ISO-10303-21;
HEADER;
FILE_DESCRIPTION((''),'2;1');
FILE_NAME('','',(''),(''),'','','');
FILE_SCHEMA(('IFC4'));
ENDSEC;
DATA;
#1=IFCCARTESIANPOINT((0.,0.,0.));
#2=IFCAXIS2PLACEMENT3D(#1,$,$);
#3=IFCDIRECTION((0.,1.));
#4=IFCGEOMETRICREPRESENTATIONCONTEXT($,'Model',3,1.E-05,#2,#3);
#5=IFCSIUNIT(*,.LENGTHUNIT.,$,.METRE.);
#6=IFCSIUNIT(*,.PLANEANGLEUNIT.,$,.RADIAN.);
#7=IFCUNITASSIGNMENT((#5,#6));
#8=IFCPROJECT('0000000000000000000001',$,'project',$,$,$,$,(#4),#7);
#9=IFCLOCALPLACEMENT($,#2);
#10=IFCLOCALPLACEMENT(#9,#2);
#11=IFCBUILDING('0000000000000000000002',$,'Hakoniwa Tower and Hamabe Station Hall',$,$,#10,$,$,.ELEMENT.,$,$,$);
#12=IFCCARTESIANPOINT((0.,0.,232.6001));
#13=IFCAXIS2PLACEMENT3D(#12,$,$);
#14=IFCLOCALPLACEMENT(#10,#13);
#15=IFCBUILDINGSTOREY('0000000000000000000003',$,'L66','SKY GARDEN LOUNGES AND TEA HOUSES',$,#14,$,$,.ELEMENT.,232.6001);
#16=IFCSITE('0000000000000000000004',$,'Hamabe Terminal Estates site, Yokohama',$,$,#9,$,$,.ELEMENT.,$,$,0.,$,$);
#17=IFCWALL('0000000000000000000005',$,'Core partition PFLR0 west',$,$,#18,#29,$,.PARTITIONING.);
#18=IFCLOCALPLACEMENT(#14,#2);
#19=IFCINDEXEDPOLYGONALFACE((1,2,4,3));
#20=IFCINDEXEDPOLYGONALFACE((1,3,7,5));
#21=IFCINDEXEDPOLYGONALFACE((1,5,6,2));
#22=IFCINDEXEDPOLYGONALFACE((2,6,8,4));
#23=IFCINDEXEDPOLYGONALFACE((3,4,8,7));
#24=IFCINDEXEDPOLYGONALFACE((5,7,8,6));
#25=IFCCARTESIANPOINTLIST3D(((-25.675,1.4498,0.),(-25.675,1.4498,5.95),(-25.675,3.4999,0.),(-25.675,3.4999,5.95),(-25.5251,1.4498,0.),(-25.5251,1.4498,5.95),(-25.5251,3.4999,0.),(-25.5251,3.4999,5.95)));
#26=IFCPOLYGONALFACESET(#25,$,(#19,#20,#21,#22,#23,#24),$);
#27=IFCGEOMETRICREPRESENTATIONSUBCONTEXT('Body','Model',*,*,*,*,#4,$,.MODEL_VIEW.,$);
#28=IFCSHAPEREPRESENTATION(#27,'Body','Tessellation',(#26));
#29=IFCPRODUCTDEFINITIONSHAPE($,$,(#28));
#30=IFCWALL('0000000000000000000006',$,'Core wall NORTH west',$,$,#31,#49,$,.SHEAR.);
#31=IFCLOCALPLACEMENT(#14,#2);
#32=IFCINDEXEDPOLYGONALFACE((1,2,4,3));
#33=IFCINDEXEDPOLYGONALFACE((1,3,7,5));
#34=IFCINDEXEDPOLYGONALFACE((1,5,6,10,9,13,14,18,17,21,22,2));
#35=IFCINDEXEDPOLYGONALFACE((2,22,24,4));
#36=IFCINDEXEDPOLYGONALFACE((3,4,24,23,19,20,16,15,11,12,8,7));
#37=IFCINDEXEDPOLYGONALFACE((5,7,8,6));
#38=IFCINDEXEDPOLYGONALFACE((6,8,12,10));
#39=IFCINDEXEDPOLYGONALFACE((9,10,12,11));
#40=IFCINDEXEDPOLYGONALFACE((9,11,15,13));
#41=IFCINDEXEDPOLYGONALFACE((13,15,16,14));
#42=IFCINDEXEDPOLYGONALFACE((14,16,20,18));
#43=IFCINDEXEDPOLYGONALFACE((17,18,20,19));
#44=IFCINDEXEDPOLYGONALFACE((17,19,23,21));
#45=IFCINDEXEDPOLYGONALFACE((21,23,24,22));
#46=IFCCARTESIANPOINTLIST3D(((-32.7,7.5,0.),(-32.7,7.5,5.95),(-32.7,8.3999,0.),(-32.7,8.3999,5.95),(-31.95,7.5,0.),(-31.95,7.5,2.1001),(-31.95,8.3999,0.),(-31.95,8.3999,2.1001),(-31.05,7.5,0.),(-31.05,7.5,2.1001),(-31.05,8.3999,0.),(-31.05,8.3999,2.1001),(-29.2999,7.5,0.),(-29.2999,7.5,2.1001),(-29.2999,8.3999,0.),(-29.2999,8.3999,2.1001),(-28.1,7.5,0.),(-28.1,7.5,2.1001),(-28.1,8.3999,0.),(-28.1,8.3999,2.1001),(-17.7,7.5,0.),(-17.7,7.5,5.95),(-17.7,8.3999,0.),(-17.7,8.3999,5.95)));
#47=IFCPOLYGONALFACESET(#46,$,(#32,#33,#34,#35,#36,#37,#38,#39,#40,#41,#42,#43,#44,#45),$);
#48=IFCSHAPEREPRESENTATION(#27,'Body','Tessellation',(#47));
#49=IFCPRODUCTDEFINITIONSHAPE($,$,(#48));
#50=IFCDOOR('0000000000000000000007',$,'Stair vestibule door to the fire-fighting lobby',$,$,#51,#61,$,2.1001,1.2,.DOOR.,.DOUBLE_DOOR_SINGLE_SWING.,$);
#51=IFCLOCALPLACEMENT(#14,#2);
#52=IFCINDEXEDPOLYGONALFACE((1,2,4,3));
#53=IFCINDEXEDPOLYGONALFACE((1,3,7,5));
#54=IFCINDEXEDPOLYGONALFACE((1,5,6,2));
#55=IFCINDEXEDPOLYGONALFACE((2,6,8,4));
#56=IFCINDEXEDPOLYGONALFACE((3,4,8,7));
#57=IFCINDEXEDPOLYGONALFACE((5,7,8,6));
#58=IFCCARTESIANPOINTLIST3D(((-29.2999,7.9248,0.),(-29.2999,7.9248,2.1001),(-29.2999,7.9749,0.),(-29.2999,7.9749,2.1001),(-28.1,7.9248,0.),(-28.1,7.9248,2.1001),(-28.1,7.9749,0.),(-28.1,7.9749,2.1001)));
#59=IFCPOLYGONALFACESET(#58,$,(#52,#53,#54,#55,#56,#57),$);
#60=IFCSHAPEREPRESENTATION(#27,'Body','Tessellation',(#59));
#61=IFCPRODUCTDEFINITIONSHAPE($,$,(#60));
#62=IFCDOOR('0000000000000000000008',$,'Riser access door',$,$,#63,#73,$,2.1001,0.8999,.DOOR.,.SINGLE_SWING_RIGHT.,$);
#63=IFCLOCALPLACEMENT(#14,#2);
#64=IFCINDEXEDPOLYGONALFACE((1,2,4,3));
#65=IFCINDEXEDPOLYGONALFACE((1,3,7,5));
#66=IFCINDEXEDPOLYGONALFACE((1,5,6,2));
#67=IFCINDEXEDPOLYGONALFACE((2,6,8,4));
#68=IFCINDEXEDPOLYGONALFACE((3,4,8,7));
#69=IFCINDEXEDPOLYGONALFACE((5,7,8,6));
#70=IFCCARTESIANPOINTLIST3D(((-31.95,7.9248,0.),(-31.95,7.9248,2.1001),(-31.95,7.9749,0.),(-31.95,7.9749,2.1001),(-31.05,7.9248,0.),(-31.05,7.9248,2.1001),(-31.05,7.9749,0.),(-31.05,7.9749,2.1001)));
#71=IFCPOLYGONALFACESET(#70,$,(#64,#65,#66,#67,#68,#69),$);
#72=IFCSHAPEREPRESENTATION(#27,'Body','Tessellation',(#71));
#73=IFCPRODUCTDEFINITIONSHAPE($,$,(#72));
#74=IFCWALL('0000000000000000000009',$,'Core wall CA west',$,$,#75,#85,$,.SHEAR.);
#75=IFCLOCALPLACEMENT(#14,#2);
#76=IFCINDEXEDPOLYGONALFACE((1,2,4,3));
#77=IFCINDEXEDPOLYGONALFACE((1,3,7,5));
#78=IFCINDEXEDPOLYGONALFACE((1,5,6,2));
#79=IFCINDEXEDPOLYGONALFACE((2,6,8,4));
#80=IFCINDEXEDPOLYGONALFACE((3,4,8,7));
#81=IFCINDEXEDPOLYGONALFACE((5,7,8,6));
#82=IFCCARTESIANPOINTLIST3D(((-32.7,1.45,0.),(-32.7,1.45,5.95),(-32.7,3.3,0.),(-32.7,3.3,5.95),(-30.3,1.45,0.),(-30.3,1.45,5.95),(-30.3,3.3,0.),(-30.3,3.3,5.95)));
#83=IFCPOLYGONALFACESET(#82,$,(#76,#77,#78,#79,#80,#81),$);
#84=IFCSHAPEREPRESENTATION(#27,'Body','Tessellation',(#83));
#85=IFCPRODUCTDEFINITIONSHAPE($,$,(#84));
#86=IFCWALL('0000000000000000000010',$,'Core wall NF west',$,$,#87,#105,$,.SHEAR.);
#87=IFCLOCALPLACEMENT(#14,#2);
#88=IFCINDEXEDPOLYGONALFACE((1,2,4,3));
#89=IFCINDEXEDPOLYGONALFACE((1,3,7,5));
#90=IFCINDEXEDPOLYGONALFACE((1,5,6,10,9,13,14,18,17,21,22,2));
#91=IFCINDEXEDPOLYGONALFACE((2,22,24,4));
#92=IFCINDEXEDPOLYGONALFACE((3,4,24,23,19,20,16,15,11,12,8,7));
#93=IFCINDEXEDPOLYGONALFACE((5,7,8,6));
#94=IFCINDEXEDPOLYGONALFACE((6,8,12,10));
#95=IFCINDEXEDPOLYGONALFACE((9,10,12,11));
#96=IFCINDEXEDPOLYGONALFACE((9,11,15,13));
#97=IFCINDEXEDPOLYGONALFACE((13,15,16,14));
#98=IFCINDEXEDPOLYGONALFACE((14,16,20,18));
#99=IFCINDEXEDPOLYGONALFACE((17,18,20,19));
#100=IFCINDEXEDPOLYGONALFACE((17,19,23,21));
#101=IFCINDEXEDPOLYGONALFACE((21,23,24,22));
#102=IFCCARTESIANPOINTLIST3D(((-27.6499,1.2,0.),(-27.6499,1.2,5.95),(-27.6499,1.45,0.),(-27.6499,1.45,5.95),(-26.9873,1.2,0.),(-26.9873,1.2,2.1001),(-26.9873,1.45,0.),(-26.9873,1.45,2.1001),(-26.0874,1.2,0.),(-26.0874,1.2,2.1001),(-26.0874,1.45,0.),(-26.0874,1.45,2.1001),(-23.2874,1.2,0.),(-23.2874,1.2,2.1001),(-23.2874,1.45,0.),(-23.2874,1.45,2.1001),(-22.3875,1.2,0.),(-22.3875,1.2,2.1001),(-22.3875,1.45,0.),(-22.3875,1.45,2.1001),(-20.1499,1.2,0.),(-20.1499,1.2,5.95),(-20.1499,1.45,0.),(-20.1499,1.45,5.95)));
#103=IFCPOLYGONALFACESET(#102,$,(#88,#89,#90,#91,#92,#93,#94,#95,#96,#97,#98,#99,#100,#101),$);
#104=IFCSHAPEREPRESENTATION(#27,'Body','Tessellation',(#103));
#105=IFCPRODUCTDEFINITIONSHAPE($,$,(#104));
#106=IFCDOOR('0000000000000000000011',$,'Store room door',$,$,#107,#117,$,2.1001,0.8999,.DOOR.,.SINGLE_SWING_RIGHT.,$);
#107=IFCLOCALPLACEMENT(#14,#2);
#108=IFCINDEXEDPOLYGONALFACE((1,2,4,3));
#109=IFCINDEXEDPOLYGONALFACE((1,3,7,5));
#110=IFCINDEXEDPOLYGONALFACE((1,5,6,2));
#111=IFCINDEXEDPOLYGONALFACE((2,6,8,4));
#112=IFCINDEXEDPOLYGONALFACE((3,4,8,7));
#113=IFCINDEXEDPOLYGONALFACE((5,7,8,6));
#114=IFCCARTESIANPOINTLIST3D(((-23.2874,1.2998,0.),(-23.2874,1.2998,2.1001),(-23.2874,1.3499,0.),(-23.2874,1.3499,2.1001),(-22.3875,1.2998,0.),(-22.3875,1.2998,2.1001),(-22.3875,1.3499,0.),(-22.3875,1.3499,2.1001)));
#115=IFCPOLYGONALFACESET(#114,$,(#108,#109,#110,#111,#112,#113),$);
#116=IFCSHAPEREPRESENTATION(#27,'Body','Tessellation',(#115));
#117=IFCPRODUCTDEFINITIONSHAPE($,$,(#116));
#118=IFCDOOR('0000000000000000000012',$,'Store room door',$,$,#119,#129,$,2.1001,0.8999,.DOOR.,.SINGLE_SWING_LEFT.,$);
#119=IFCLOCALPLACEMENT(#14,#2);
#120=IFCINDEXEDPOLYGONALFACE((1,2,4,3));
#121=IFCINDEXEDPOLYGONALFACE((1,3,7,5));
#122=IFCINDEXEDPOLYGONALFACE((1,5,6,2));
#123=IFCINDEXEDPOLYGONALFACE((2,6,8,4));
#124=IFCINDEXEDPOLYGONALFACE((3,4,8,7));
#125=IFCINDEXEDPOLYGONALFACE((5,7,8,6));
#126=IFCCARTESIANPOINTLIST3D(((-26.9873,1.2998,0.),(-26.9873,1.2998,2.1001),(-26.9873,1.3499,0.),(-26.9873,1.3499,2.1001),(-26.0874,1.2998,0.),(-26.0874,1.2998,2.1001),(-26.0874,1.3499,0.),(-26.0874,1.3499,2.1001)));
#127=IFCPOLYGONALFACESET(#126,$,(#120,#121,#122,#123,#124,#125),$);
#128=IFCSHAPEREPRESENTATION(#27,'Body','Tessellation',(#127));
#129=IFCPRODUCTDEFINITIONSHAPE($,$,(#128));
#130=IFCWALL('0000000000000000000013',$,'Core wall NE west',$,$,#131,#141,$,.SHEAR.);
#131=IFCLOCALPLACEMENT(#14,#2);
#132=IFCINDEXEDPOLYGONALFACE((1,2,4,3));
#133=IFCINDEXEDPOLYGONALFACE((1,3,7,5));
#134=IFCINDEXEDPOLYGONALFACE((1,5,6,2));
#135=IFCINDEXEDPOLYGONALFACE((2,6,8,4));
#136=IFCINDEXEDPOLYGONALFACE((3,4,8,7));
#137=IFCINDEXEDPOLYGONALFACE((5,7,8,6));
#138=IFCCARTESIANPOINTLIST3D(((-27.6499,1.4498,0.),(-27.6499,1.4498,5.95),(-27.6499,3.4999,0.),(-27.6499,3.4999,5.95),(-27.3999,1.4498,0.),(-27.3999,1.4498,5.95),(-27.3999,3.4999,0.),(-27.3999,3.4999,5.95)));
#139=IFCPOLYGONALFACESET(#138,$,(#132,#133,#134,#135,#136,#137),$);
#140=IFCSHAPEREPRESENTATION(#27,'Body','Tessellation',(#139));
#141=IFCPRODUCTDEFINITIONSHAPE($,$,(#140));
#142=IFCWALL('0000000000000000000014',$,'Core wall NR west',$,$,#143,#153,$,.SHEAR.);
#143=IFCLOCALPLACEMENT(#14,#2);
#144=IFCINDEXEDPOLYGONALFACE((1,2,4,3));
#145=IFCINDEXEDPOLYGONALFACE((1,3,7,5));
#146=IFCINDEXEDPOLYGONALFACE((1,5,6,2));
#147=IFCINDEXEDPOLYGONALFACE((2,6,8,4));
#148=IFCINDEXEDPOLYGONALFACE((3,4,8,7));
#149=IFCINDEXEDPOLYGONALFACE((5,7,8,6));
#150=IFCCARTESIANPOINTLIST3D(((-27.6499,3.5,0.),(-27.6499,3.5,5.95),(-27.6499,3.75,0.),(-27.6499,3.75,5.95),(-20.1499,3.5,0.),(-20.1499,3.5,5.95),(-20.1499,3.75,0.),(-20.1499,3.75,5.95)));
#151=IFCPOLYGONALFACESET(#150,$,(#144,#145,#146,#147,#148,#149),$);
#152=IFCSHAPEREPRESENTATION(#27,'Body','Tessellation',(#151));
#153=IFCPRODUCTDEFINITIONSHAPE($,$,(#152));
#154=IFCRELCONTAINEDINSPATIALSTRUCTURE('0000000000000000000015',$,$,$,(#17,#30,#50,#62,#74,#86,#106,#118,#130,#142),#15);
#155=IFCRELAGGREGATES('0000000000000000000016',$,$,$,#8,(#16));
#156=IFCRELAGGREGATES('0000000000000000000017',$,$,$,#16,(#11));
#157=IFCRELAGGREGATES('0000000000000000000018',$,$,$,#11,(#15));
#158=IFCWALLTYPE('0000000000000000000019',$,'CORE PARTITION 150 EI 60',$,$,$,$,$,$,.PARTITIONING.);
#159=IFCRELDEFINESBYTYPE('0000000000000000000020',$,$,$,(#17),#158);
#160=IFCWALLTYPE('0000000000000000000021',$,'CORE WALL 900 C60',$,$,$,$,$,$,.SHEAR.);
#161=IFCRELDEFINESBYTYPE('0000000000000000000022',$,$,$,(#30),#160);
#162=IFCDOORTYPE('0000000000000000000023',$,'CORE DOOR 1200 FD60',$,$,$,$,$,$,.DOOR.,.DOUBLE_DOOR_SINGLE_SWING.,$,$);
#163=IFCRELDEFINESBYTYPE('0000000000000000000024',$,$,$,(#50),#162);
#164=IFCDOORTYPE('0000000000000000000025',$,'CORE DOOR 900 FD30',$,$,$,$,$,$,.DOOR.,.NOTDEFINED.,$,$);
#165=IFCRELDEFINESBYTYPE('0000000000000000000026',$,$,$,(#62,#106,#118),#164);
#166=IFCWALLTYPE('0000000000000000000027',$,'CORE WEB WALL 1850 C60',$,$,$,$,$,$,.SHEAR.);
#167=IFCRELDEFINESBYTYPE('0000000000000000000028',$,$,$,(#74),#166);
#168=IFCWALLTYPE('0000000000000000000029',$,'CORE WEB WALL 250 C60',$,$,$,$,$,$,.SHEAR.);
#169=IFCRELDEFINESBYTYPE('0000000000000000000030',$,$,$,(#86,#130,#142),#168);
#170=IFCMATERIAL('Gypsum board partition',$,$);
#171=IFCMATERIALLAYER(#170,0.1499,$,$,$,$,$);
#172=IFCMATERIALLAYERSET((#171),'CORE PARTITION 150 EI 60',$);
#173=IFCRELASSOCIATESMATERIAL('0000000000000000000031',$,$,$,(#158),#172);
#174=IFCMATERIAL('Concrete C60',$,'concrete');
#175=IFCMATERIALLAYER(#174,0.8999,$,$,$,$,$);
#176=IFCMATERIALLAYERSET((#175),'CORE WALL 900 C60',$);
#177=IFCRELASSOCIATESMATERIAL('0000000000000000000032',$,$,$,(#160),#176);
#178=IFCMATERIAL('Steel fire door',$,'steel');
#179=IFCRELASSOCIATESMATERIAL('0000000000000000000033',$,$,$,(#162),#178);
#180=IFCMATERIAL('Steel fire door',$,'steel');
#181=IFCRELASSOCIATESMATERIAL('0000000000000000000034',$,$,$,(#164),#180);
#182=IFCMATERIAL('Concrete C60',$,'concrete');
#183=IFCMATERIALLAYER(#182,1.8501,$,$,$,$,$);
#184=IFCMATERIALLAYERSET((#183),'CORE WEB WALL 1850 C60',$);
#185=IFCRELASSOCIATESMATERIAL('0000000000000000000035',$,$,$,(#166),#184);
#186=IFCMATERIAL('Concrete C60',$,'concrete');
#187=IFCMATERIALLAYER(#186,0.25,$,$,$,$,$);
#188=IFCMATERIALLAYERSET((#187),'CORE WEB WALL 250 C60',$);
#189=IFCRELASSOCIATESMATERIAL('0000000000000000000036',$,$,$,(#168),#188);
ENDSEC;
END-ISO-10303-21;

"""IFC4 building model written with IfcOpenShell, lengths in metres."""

from ifc_helpers import new_model, si_unit, direction, frame, frame_2d, origin, place, context, subcontext, project, spatial, rectangle, extrude, material, layer, layer_set, type_object, element, fill, save


model = new_model("IFC4")

# Units and contexts
model_context = context("Model", 3, precision=1e-05, world=origin(), true_north=direction((0.0, 1.0)))
body_context = subcontext(model_context, "Body", "Model", "MODEL_VIEW")
ifc_project = project(units=[si_unit("LENGTHUNIT", "METRE"), si_unit("PLANEANGLEUNIT", "RADIAN")], contexts=[model_context])

# Site, building, storey
site_placement = place(None, origin())
site = spatial("IfcSite", under=ifc_project, at=site_placement, Name="Hamabe Terminal Estates site, Yokohama", CompositionType="ELEMENT", RefElevation=0.0)
building_placement = place(site_placement, origin())
building = spatial("IfcBuilding", under=site, at=building_placement, Name="Hakoniwa Tower and Hamabe Station Hall", CompositionType="ELEMENT")
storey_placement = place(building_placement, frame((0.0, 0.0, 232.6001)))
storey = spatial("IfcBuildingStorey", under=building, at=storey_placement, Name="L66", Description="SKY GARDEN LOUNGES AND TEA HOUSES", CompositionType="ELEMENT", Elevation=232.6001)

# Wall
ifc_material_1 = material(Name="Gypsum board partition")
ifc_layer_1 = layer(ifc_material_1, 0.1499)
ifc_layer_set_1 = layer_set([ifc_layer_1], Name="CORE PARTITION 150 EI 60")
wall_type_1 = type_object("IfcWallType", Name="CORE PARTITION 150 EI 60", PredefinedType="PARTITIONING", material=ifc_layer_set_1)
wall_1_placement = place(storey_placement, frame((-25.6001, 1.45, 0.0), z_axis=(0.0, 0.0, 1.0), x_axis=(0.0, 1.0, 0.0)))
element("IfcWall", 1, at=wall_1_placement, inside=storey, type_object=wall_type_1, Name="Core partition PFLR0 west", PredefinedType="PARTITIONING", context=body_context, shape_type="SweptSolid", body=[
    extrude(rectangle(XDim=2.05, YDim=0.1499, at=frame_2d((1.0249, 0.0))), origin(), (0.0, 0.0, 1.0), 5.95),
])

# Wall, openings, doors
ifc_material_2 = material(Name="Concrete C60", Category="concrete")
ifc_layer_2 = layer(ifc_material_2, 0.8999)
ifc_layer_set_2 = layer_set([ifc_layer_2], Name="CORE WALL 900 C60")
wall_type_2 = type_object("IfcWallType", Name="CORE WALL 900 C60", PredefinedType="SHEAR", material=ifc_layer_set_2)
wall_2_placement = place(storey_placement, frame((-32.7, 7.95, 0.0), z_axis=(0.0, 0.0, 1.0), x_axis=(1.0, 0.0, 0.0)))
wall_2 = element("IfcWall", 2, at=wall_2_placement, inside=storey, type_object=wall_type_2, Name="Core wall NORTH west", PredefinedType="SHEAR", context=body_context, shape_type="SweptSolid", body=[
    extrude(rectangle(XDim=15.0, YDim=0.8999, at=frame_2d((7.5, 0.0))), origin(), (0.0, 0.0, 1.0), 5.95),
])
opening_1_placement = place(wall_2_placement, frame((3.3999, 0.0, 0.0)))
opening_1 = element("IfcOpeningElement", 3, at=opening_1_placement, cuts=wall_2, PredefinedType="OPENING", context=body_context, shape_type="SweptSolid", body=[
    extrude(rectangle(XDim=1.2, YDim=2.1001, at=frame_2d((0.6001, 1.05))), frame((0.0, 0.46, 0.0), z_axis=(0.0, -1.0, 0.0), x_axis=(1.0, 0.0, 0.0)), (0.0, 0.0, 1.0), 0.9199),
])
opening_2_placement = place(wall_2_placement, frame((0.75, 0.0, 0.0)))
opening_2 = element("IfcOpeningElement", 4, at=opening_2_placement, cuts=wall_2, PredefinedType="OPENING", context=body_context, shape_type="SweptSolid", body=[
    extrude(rectangle(XDim=0.8999, YDim=2.1001, at=frame_2d((0.45, 1.05))), frame((0.0, 0.46, 0.0), z_axis=(0.0, -1.0, 0.0), x_axis=(1.0, 0.0, 0.0)), (0.0, 0.0, 1.0), 0.9199),
])
ifc_material_3 = material(Name="Steel fire door", Category="steel")
door_type_1 = type_object("IfcDoorType", Name="CORE DOOR 1200 FD60", OperationType="DOUBLE_DOOR_SINGLE_SWING", PredefinedType="DOOR", material=ifc_material_3)
door_1_placement = place(opening_1_placement, origin())
door_1 = element("IfcDoor", 5, at=door_1_placement, inside=storey, type_object=door_type_1, Name="Stair vestibule door to the fire-fighting lobby", OperationType="DOUBLE_DOOR_SINGLE_SWING", OverallHeight=2.1001, OverallWidth=1.2, PredefinedType="DOOR", context=body_context, shape_type="SweptSolid", body=[
    extrude(rectangle(XDim=1.2, YDim=2.1001, at=frame_2d((0.6001, 1.05))), frame((0.0, 0.0249, 0.0), z_axis=(0.0, -1.0, 0.0), x_axis=(1.0, 0.0, 0.0)), (0.0, 0.0, 1.0), 0.05),
])
fill(opening_1, door_1)
ifc_material_4 = material(Name="Steel fire door", Category="steel")
door_type_2 = type_object("IfcDoorType", Name="CORE DOOR 900 FD30", OperationType="NOTDEFINED", PredefinedType="DOOR", material=ifc_material_4)
door_2_placement = place(opening_2_placement, origin())
door_2 = element("IfcDoor", 6, at=door_2_placement, inside=storey, type_object=door_type_2, Name="Riser access door", OperationType="SINGLE_SWING_RIGHT", OverallHeight=2.1001, OverallWidth=0.8999, PredefinedType="DOOR", context=body_context, shape_type="SweptSolid", body=[
    extrude(rectangle(XDim=0.8999, YDim=2.1001, at=frame_2d((0.45, 1.05))), frame((0.0, 0.0249, 0.0), z_axis=(0.0, -1.0, 0.0), x_axis=(1.0, 0.0, 0.0)), (0.0, 0.0, 1.0), 0.05),
])
fill(opening_2, door_2)

# Wall
ifc_material_5 = material(Name="Concrete C60", Category="concrete")
ifc_layer_3 = layer(ifc_material_5, 1.8501)
ifc_layer_set_3 = layer_set([ifc_layer_3], Name="CORE WEB WALL 1850 C60")
wall_type_3 = type_object("IfcWallType", Name="CORE WEB WALL 1850 C60", PredefinedType="SHEAR", material=ifc_layer_set_3)
wall_3_placement = place(storey_placement, frame((-32.7, 2.375, 0.0), z_axis=(0.0, 0.0, 1.0), x_axis=(1.0, 0.0, 0.0)))
element("IfcWall", 7, at=wall_3_placement, inside=storey, type_object=wall_type_3, Name="Core wall CA west", PredefinedType="SHEAR", context=body_context, shape_type="SweptSolid", body=[
    extrude(rectangle(XDim=2.3999, YDim=1.8501, at=frame_2d((1.2, 0.0))), origin(), (0.0, 0.0, 1.0), 5.95),
])

# Wall, openings, doors
ifc_material_6 = material(Name="Concrete C60", Category="concrete")
ifc_layer_4 = layer(ifc_material_6, 0.25)
ifc_layer_set_4 = layer_set([ifc_layer_4], Name="CORE WEB WALL 250 C60")
wall_type_4 = type_object("IfcWallType", Name="CORE WEB WALL 250 C60", PredefinedType="SHEAR", material=ifc_layer_set_4)
wall_4_placement = place(storey_placement, frame((-27.6499, 1.325, 0.0), z_axis=(0.0, 0.0, 1.0), x_axis=(1.0, 0.0, 0.0)))
wall_4 = element("IfcWall", 8, at=wall_4_placement, inside=storey, type_object=wall_type_4, Name="Core wall NF west", PredefinedType="SHEAR", context=body_context, shape_type="SweptSolid", body=[
    extrude(rectangle(XDim=7.5, YDim=0.25, at=frame_2d((3.75, 0.0))), origin(), (0.0, 0.0, 1.0), 5.95),
])
opening_3_placement = place(wall_4_placement, frame((4.3625, 0.0, 0.0)))
opening_3 = element("IfcOpeningElement", 9, at=opening_3_placement, cuts=wall_4, PredefinedType="OPENING", context=body_context, shape_type="SweptSolid", body=[
    extrude(rectangle(XDim=0.8999, YDim=2.1001, at=frame_2d((0.45, 1.05))), frame((0.0, 0.135, 0.0), z_axis=(0.0, -1.0, 0.0), x_axis=(1.0, 0.0, 0.0)), (0.0, 0.0, 1.0), 0.27),
])
opening_4_placement = place(wall_4_placement, frame((0.6626, 0.0, 0.0)))
opening_4 = element("IfcOpeningElement", 10, at=opening_4_placement, cuts=wall_4, PredefinedType="OPENING", context=body_context, shape_type="SweptSolid", body=[
    extrude(rectangle(XDim=0.8999, YDim=2.1001, at=frame_2d((0.45, 1.05))), frame((0.0, 0.135, 0.0), z_axis=(0.0, -1.0, 0.0), x_axis=(1.0, 0.0, 0.0)), (0.0, 0.0, 1.0), 0.27),
])
door_3_placement = place(opening_3_placement, origin())
door_3 = element("IfcDoor", 11, at=door_3_placement, inside=storey, type_object=door_type_2, Name="Store room door", OperationType="SINGLE_SWING_RIGHT", OverallHeight=2.1001, OverallWidth=0.8999, PredefinedType="DOOR", context=body_context, shape_type="SweptSolid", body=[
    extrude(rectangle(XDim=0.8999, YDim=2.1001, at=frame_2d((0.45, 1.05))), frame((0.0, 0.0249, 0.0), z_axis=(0.0, -1.0, 0.0), x_axis=(1.0, 0.0, 0.0)), (0.0, 0.0, 1.0), 0.05),
])
fill(opening_3, door_3)
door_4_placement = place(opening_4_placement, origin())
door_4 = element("IfcDoor", 12, at=door_4_placement, inside=storey, type_object=door_type_2, Name="Store room door", OperationType="SINGLE_SWING_LEFT", OverallHeight=2.1001, OverallWidth=0.8999, PredefinedType="DOOR", context=body_context, shape_type="SweptSolid", body=[
    extrude(rectangle(XDim=0.8999, YDim=2.1001, at=frame_2d((0.45, 1.05))), frame((0.0, 0.0249, 0.0), z_axis=(0.0, -1.0, 0.0), x_axis=(1.0, 0.0, 0.0)), (0.0, 0.0, 1.0), 0.05),
])
fill(opening_4, door_4)

# Walls
wall_5_placement = place(storey_placement, frame((-27.5249, 1.45, 0.0), z_axis=(0.0, 0.0, 1.0), x_axis=(0.0, 1.0, 0.0)))
element("IfcWall", 13, at=wall_5_placement, inside=storey, type_object=wall_type_4, Name="Core wall NE west", PredefinedType="SHEAR", context=body_context, shape_type="SweptSolid", body=[
    extrude(rectangle(XDim=2.05, YDim=0.25, at=frame_2d((1.0249, 0.0))), origin(), (0.0, 0.0, 1.0), 5.95),
])
wall_6_placement = place(storey_placement, frame((-27.6499, 3.625, 0.0), z_axis=(0.0, 0.0, 1.0), x_axis=(1.0, 0.0, 0.0)))
element("IfcWall", 14, at=wall_6_placement, inside=storey, type_object=wall_type_4, Name="Core wall NR west", PredefinedType="SHEAR", context=body_context, shape_type="SweptSolid", body=[
    extrude(rectangle(XDim=7.5, YDim=0.25, at=frame_2d((3.75, 0.0))), origin(), (0.0, 0.0, 1.0), 5.95),
])

save(model, "model.ifc")
